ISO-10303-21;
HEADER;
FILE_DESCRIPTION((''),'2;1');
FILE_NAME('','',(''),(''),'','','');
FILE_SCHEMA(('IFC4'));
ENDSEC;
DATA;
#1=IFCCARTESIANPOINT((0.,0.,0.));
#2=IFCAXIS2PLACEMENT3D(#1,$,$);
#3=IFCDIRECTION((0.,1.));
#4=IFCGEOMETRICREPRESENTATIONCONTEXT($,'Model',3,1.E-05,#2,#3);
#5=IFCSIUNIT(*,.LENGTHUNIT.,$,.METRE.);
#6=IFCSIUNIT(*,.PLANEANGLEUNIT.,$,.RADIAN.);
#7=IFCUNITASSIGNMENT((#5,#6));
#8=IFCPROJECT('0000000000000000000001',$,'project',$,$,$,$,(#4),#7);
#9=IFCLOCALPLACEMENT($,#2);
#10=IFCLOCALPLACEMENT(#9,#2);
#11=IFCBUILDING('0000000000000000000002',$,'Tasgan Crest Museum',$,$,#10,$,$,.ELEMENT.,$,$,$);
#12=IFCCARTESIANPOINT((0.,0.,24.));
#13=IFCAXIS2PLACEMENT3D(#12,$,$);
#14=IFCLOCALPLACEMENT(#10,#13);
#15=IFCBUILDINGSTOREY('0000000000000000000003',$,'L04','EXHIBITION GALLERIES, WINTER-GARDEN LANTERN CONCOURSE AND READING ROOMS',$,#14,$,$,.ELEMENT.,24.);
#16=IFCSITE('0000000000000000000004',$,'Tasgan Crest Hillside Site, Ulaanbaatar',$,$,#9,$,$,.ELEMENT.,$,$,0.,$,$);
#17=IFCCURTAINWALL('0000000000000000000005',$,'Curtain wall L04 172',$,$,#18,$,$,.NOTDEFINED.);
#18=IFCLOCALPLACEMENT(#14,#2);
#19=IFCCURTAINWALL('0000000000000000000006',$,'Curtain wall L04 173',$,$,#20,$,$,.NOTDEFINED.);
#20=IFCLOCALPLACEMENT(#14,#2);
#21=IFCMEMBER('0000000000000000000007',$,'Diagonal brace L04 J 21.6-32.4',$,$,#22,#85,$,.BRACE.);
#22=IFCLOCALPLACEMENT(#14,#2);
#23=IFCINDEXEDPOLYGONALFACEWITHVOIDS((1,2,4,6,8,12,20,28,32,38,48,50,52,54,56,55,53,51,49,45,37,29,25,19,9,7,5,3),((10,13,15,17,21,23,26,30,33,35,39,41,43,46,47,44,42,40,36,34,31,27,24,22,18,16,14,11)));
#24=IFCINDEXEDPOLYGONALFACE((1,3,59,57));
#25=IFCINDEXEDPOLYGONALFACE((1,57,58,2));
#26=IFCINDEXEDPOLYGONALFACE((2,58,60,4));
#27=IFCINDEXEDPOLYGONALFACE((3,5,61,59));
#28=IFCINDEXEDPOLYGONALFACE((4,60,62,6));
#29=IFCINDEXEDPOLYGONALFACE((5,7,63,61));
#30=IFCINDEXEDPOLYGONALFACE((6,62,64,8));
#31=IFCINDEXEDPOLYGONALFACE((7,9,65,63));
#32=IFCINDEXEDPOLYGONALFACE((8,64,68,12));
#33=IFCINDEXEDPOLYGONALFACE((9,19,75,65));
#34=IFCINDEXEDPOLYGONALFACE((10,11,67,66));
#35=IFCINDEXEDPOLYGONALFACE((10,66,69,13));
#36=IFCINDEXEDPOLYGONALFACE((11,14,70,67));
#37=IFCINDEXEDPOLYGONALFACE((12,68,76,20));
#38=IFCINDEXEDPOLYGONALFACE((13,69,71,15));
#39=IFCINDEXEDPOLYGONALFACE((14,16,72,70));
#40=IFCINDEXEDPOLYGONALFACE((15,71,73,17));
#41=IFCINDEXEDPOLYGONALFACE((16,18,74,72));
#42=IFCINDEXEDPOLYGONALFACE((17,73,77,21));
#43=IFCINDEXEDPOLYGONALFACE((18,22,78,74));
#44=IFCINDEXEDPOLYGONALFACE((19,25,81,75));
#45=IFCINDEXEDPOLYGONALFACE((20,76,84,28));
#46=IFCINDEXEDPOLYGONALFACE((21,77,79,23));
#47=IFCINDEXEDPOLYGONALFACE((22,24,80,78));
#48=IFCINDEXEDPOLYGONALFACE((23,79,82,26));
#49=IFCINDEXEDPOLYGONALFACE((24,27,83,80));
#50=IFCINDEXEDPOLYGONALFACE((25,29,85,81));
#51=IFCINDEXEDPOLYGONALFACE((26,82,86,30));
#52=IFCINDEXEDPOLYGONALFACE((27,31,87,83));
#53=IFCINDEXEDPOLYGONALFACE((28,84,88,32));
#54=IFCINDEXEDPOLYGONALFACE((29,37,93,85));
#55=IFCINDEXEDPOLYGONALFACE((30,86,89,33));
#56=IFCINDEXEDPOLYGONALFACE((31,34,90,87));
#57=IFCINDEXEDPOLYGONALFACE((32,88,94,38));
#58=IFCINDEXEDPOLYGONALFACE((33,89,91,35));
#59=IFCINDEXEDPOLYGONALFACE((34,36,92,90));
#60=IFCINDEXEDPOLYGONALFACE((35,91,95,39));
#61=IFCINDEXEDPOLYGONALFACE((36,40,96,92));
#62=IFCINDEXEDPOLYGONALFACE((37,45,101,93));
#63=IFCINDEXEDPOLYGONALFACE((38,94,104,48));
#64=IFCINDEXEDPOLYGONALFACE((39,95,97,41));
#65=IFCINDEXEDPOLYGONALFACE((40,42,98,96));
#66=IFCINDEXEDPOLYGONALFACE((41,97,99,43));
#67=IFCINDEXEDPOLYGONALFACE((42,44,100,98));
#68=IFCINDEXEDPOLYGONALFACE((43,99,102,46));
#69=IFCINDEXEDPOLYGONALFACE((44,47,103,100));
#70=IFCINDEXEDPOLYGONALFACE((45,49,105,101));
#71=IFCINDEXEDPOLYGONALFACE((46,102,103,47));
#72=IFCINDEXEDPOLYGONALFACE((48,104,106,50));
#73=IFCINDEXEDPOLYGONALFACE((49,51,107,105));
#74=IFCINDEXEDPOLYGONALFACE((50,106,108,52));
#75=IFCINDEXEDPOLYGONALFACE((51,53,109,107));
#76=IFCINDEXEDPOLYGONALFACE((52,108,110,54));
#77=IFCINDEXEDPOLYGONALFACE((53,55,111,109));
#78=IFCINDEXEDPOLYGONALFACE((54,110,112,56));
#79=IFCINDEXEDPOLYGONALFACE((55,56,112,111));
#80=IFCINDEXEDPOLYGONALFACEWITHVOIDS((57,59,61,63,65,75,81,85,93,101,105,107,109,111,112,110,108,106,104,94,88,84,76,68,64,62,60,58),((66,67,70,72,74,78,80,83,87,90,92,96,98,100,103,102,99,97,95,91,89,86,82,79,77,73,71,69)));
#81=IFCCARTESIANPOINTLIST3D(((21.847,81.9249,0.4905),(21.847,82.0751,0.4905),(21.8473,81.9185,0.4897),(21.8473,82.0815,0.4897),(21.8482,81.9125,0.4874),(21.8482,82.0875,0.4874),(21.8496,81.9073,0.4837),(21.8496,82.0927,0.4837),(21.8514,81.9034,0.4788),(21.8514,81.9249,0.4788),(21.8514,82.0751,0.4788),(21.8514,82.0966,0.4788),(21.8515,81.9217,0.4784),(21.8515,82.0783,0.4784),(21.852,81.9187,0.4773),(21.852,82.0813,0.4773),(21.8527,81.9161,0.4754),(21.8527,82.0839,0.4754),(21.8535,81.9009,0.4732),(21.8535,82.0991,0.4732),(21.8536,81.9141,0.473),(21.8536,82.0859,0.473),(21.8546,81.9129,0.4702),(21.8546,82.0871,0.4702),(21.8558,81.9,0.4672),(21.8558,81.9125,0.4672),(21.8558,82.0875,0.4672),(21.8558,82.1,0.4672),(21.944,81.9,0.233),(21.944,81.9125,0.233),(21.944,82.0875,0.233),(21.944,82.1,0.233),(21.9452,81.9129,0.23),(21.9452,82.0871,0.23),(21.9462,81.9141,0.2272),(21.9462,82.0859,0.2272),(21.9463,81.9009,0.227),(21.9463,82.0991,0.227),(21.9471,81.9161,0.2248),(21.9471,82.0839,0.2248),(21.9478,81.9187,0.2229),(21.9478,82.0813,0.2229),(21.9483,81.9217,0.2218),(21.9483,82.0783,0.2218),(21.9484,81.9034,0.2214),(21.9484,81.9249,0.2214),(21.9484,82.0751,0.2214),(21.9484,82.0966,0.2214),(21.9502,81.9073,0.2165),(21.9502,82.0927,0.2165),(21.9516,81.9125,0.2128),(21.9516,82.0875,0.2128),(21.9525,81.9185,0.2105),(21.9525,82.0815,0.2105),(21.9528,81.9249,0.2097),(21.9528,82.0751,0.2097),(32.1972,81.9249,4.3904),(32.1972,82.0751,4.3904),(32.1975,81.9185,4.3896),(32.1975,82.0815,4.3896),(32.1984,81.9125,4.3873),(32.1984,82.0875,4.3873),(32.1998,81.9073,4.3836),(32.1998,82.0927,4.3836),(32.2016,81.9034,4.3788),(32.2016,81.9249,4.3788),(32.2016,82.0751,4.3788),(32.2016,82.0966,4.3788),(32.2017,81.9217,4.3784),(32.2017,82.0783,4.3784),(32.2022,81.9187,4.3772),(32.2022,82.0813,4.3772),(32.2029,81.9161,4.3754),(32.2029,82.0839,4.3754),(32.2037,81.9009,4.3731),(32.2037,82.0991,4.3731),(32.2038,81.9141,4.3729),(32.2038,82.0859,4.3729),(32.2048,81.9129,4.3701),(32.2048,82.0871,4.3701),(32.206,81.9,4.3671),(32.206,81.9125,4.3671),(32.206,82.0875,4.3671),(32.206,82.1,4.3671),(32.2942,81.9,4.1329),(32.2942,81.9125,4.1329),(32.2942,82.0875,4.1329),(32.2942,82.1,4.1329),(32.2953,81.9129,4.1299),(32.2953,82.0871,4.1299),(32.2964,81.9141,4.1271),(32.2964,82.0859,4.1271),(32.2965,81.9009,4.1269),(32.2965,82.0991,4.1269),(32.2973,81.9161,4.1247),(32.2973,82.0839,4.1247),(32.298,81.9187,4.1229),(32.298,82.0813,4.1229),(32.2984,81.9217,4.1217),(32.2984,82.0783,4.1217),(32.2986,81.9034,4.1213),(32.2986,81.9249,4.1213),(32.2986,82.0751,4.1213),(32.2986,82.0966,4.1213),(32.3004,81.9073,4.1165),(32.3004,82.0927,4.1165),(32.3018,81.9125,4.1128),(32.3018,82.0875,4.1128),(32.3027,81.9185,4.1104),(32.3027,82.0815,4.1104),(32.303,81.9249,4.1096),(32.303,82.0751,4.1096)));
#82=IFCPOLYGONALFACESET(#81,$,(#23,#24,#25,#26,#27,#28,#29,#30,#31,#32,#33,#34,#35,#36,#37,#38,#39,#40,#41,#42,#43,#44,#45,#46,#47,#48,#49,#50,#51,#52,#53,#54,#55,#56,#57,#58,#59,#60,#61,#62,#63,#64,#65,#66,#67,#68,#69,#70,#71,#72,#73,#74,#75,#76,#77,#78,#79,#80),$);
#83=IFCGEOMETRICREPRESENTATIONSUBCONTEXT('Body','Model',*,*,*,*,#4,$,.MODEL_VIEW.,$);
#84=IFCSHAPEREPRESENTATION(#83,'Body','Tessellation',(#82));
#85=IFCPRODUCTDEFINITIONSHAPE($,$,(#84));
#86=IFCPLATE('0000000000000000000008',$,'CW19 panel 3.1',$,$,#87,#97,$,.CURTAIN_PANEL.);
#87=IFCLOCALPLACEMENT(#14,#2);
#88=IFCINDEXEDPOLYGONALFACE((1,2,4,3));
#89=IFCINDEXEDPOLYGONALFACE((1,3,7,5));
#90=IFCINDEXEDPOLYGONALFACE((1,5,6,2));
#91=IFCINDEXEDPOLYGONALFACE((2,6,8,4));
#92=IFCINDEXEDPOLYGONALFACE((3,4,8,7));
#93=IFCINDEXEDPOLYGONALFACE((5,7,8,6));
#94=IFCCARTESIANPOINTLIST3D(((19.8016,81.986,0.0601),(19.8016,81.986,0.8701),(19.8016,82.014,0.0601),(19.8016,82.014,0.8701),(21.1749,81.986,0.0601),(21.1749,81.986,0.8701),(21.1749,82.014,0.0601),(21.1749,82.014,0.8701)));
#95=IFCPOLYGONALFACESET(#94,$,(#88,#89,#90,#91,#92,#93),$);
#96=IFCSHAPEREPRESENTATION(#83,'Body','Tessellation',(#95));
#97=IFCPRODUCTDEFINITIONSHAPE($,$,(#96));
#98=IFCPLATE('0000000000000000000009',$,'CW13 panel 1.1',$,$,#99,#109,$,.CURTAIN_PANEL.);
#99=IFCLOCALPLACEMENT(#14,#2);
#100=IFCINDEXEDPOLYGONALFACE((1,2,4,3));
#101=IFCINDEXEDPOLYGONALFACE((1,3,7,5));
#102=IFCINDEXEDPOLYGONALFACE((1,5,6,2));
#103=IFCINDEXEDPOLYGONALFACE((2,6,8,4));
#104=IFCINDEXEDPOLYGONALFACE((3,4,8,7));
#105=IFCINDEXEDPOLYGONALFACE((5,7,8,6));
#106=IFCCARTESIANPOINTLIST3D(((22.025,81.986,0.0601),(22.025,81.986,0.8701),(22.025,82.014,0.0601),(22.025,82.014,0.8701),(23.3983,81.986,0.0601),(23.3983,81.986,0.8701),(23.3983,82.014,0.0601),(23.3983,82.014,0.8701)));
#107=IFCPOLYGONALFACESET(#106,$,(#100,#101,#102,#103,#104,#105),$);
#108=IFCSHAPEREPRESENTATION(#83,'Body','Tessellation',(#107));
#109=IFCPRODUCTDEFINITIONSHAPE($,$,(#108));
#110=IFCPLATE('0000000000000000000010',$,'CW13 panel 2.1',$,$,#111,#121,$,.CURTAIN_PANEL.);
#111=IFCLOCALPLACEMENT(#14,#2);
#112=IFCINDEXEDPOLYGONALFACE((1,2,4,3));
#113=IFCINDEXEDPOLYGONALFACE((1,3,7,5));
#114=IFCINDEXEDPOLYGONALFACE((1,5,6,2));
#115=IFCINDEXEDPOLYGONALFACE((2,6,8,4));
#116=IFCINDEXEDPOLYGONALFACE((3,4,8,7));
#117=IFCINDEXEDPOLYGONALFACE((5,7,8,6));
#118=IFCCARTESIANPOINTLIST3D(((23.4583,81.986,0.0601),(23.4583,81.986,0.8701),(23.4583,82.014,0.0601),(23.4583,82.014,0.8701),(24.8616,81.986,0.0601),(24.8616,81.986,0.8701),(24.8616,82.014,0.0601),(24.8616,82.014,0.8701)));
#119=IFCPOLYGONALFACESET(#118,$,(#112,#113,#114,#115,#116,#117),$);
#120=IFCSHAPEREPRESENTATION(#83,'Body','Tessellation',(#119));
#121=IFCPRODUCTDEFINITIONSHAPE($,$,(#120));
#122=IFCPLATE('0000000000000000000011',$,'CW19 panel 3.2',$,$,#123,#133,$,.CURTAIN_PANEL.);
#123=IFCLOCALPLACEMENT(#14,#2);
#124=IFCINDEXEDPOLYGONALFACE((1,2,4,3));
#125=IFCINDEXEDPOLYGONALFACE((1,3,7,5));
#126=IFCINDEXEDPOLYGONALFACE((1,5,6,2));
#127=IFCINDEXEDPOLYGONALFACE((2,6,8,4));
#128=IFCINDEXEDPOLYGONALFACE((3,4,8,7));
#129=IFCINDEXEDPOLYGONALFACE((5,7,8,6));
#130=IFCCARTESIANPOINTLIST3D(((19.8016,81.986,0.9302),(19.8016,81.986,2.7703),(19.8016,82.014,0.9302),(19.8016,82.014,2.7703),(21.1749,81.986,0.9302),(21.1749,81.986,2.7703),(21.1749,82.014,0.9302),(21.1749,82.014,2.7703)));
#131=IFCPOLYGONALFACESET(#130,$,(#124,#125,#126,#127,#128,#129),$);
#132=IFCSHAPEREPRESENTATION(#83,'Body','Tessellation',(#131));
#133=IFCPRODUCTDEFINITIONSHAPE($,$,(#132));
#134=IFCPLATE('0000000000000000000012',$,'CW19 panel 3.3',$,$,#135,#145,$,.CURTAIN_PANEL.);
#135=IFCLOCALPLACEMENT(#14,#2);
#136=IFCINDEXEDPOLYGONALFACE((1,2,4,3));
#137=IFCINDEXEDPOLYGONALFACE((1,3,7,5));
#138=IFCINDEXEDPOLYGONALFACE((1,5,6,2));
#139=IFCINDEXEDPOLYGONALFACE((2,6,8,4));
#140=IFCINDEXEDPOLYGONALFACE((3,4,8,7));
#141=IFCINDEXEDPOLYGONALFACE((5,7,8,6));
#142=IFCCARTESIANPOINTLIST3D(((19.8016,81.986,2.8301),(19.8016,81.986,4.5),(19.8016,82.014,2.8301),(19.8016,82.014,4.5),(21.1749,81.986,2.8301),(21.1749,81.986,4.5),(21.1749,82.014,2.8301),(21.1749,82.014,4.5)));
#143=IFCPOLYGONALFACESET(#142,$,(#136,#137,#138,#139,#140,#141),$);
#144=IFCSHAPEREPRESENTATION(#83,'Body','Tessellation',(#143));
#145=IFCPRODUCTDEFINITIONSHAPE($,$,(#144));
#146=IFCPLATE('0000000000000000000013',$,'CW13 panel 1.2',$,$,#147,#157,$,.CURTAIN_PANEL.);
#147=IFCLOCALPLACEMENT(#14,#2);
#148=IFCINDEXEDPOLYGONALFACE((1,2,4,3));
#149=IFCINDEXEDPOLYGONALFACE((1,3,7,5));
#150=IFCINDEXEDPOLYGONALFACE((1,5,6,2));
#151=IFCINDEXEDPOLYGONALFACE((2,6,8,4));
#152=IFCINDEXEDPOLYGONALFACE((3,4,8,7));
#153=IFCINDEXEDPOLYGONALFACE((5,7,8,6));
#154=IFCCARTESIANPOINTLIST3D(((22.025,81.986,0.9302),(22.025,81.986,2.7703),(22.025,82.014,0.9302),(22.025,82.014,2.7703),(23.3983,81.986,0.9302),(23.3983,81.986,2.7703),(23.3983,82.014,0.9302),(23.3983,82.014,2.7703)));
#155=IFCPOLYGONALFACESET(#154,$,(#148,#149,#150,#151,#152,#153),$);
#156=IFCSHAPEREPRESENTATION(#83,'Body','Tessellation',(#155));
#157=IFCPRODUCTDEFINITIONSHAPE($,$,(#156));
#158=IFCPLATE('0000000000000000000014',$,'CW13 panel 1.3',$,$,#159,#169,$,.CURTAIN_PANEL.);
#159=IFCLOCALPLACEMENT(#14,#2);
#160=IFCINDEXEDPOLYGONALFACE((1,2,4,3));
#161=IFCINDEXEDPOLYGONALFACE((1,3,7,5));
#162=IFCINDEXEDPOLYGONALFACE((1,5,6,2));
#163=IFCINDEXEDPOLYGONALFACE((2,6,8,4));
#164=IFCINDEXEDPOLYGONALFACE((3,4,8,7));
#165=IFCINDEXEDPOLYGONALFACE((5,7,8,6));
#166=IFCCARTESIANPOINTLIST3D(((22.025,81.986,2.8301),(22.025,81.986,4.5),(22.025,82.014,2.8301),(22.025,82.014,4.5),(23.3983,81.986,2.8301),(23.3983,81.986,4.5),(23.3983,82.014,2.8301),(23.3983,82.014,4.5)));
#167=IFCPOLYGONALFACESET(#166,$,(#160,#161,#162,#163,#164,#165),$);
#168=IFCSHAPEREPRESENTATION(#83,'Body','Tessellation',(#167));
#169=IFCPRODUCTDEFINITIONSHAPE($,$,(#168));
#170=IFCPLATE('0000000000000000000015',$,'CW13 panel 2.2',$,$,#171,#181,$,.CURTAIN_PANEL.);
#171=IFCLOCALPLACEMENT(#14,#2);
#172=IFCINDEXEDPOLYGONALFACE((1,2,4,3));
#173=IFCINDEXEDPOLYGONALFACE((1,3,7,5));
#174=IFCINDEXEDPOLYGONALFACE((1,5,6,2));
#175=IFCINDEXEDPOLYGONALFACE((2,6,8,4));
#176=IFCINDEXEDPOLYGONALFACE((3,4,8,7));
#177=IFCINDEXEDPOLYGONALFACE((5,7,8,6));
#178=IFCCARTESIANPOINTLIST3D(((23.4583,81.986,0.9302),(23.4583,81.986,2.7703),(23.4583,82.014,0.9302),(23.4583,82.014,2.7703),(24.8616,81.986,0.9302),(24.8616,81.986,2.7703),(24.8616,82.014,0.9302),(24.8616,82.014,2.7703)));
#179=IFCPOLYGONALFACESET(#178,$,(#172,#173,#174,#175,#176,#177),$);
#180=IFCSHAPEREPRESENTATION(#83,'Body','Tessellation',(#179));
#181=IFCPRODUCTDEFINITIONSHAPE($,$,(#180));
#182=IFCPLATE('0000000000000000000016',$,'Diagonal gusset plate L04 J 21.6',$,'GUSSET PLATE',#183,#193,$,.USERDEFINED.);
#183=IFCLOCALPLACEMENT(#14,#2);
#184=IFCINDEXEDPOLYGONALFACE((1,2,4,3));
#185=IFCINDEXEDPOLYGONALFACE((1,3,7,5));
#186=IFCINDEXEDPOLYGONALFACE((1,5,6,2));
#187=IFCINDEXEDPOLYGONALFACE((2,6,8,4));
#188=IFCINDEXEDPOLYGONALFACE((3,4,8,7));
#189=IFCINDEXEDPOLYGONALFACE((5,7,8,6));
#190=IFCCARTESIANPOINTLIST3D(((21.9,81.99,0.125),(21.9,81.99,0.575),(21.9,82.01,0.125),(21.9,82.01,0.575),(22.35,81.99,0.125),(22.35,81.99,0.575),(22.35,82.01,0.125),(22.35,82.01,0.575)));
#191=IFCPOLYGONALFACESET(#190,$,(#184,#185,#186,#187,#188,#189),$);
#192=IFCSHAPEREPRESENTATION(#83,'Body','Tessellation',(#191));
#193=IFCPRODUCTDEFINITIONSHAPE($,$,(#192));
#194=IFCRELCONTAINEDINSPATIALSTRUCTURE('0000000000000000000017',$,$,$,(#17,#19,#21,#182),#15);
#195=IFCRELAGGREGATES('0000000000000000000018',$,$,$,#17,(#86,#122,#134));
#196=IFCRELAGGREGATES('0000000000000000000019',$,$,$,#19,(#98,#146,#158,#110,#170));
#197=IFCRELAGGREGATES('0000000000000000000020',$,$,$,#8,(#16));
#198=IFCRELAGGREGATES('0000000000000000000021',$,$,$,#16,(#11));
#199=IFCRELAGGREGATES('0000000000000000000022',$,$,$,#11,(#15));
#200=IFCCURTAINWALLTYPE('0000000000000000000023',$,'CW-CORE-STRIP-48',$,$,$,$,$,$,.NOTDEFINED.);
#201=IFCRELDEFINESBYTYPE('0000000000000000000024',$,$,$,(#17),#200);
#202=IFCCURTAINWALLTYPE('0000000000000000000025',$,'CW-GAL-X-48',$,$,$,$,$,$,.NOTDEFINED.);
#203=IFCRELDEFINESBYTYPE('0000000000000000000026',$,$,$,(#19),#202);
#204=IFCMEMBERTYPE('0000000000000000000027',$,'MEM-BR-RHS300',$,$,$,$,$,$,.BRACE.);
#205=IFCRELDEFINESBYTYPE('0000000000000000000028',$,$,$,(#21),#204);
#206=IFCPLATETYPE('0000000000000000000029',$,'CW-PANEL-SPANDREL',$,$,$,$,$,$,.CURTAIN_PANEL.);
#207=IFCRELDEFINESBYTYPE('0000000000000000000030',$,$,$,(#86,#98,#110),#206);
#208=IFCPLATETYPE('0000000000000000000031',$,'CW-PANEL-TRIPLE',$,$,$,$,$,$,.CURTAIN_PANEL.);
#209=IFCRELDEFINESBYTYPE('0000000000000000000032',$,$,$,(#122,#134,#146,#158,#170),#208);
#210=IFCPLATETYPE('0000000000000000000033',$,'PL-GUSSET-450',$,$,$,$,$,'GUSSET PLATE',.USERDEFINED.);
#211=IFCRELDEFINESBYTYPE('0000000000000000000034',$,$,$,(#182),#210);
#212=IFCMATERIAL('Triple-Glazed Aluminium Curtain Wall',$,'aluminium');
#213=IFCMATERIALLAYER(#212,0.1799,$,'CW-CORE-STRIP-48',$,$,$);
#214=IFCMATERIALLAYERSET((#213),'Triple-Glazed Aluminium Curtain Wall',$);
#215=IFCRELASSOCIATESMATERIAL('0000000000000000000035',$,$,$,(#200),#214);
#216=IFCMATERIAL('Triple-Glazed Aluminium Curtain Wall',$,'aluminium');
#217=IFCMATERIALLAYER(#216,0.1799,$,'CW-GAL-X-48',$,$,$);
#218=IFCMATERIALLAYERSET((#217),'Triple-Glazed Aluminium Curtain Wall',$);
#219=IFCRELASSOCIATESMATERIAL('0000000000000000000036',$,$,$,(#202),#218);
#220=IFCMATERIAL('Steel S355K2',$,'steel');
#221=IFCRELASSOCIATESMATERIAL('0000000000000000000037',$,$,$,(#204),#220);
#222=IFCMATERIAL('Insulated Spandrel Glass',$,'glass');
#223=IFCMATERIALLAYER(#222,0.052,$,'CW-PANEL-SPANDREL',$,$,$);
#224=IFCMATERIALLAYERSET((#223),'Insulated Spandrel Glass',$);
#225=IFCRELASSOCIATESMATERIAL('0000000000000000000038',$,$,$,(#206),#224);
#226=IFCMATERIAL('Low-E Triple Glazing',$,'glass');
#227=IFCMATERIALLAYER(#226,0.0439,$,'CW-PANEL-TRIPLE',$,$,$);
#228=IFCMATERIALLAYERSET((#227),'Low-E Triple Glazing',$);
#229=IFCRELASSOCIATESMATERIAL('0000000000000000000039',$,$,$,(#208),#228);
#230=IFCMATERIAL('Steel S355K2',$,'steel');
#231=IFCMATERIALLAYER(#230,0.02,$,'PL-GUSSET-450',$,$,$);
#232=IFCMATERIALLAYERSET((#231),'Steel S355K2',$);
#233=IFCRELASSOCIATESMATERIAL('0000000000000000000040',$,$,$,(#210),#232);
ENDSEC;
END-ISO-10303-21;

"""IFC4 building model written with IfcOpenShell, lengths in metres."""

from ifc_helpers import new_model, si_unit, direction, frame, origin, origin_2d, place, context, subcontext, project, spatial, rectangle, hollow_rectangle, extrude, material, layer, layer_set, material_profile, profile_set, type_object, element, aggregate, save


model = new_model("IFC4")

# Units and contexts
model_context = context("Model", 3, precision=1e-05, world=origin(), true_north=direction((0.0, 1.0)))
body_context = subcontext(model_context, "Body", "Model", "MODEL_VIEW")
ifc_project = project(units=[si_unit("LENGTHUNIT", "METRE"), si_unit("PLANEANGLEUNIT", "RADIAN")], contexts=[model_context])

# Site, building, storey
site_placement = place(None, origin())
site = spatial("IfcSite", under=ifc_project, at=site_placement, Name="Tasgan Crest Hillside Site, Ulaanbaatar", CompositionType="ELEMENT", RefElevation=0.0)
building_placement = place(site_placement, origin())
building = spatial("IfcBuilding", under=site, at=building_placement, Name="Tasgan Crest Museum", CompositionType="ELEMENT")
storey_placement = place(building_placement, frame((0.0, 0.0, 24.0)))
storey = spatial("IfcBuildingStorey", under=building, at=storey_placement, Name="L04", Description="EXHIBITION GALLERIES, WINTER-GARDEN LANTERN CONCOURSE AND READING ROOMS", CompositionType="ELEMENT", Elevation=24.0)

# Curtain wall
ifc_material_1 = material(Name="Triple-Glazed Aluminium Curtain Wall", Category="aluminium")
ifc_layer_1 = layer(ifc_material_1, 0.1799, Name="CW-CORE-STRIP-48")
ifc_layer_set_1 = layer_set([ifc_layer_1], Name="Triple-Glazed Aluminium Curtain Wall")
curtain_wall_type_1 = type_object("IfcCurtainWallType", Name="CW-CORE-STRIP-48", PredefinedType="NOTDEFINED", material=ifc_layer_set_1)
curtain_wall_1_placement = place(storey_placement, origin())
curtain_wall_1 = element("IfcCurtainWall", 1, at=curtain_wall_1_placement, inside=storey, type_object=curtain_wall_type_1, Name="Curtain wall L04 172", PredefinedType="NOTDEFINED")

# Curtain wall
ifc_material_2 = material(Name="Triple-Glazed Aluminium Curtain Wall", Category="aluminium")
ifc_layer_2 = layer(ifc_material_2, 0.1799, Name="CW-GAL-X-48")
ifc_layer_set_2 = layer_set([ifc_layer_2], Name="Triple-Glazed Aluminium Curtain Wall")
curtain_wall_type_2 = type_object("IfcCurtainWallType", Name="CW-GAL-X-48", PredefinedType="NOTDEFINED", material=ifc_layer_set_2)
curtain_wall_2_placement = place(storey_placement, origin())
curtain_wall_2 = element("IfcCurtainWall", 2, at=curtain_wall_2_placement, inside=storey, type_object=curtain_wall_type_2, Name="Curtain wall L04 173", PredefinedType="NOTDEFINED")

# Member
ifc_material_3 = material(Name="Steel S355K2", Category="steel")
ifc_material_profile_1 = material_profile(ifc_material_3, hollow_rectangle(XDim=0.2, YDim=0.3, WallThickness=0.0125, InnerFilletRadius=0.0125, OuterFilletRadius=0.0249, at=origin_2d()), Name="RHS 300x200x12.5")
ifc_profile_set_1 = profile_set([ifc_material_profile_1], Name="Steel S355K2")
member_type_1 = type_object("IfcMemberType", Name="MEM-BR-RHS300", PredefinedType="BRACE", material=ifc_profile_set_1)
member_1_placement = place(storey_placement, frame((21.8999, 82.0, 0.3501), z_axis=(0.935775, 0.0, 0.352599), x_axis=(0.0, 1.0, 0.0)))
element("IfcMember", 3, at=member_1_placement, inside=storey, type_object=member_type_1, Name="Diagonal brace L04 J 21.6-32.4", PredefinedType="BRACE", context=body_context, shape_type="SweptSolid", body=[
    extrude(hollow_rectangle(XDim=0.2, YDim=0.3, WallThickness=0.0125, InnerFilletRadius=0.0125, OuterFilletRadius=0.0249, at=origin_2d()), origin(), (0.0, 0.0, 1.0), 11.0605),
])

# Plates
ifc_material_4 = material(Name="Insulated Spandrel Glass", Category="glass")
ifc_layer_3 = layer(ifc_material_4, 0.052, Name="CW-PANEL-SPANDREL")
ifc_layer_set_3 = layer_set([ifc_layer_3], Name="Insulated Spandrel Glass")
plate_type_1 = type_object("IfcPlateType", Name="CW-PANEL-SPANDREL", PredefinedType="CURTAIN_PANEL", material=ifc_layer_set_3)
plate_1_placement = place(storey_placement, frame((20.4883, 82.0, 0.0601), z_axis=(0.0, 0.0, 1.0), x_axis=(1.0, 0.0, 0.0)))
plate_1 = element("IfcPlate", 4, at=plate_1_placement, type_object=plate_type_1, Name="CW19 panel 3.1", PredefinedType="CURTAIN_PANEL", context=body_context, shape_type="SweptSolid", body=[
    extrude(rectangle(XDim=1.3733, YDim=0.0281, at=origin_2d()), origin(), (0.0, 0.0, 1.0), 0.8101),
])
plate_2_placement = place(storey_placement, frame((22.7117, 82.0, 0.0601), z_axis=(0.0, 0.0, 1.0), x_axis=(1.0, 0.0, 0.0)))
plate_2 = element("IfcPlate", 5, at=plate_2_placement, type_object=plate_type_1, Name="CW13 panel 1.1", PredefinedType="CURTAIN_PANEL", context=body_context, shape_type="SweptSolid", body=[
    extrude(rectangle(XDim=1.3733, YDim=0.0281, at=origin_2d()), origin(), (0.0, 0.0, 1.0), 0.8101),
])
plate_3_placement = place(storey_placement, frame((24.1599, 82.0, 0.0601), z_axis=(0.0, 0.0, 1.0), x_axis=(1.0, 0.0, 0.0)))
plate_3 = element("IfcPlate", 6, at=plate_3_placement, type_object=plate_type_1, Name="CW13 panel 2.1", PredefinedType="CURTAIN_PANEL", context=body_context, shape_type="SweptSolid", body=[
    extrude(rectangle(XDim=1.4033, YDim=0.0281, at=origin_2d()), origin(), (0.0, 0.0, 1.0), 0.8101),
])
ifc_material_5 = material(Name="Low-E Triple Glazing", Category="glass")
ifc_layer_4 = layer(ifc_material_5, 0.0439, Name="CW-PANEL-TRIPLE")
ifc_layer_set_4 = layer_set([ifc_layer_4], Name="Low-E Triple Glazing")
plate_type_2 = type_object("IfcPlateType", Name="CW-PANEL-TRIPLE", PredefinedType="CURTAIN_PANEL", material=ifc_layer_set_4)
plate_4_placement = place(storey_placement, frame((20.4883, 82.0, 0.9302), z_axis=(0.0, 0.0, 1.0), x_axis=(1.0, 0.0, 0.0)))
plate_4 = element("IfcPlate", 7, at=plate_4_placement, type_object=plate_type_2, Name="CW19 panel 3.2", PredefinedType="CURTAIN_PANEL", context=body_context, shape_type="SweptSolid", body=[
    extrude(rectangle(XDim=1.3733, YDim=0.0281, at=origin_2d()), origin(), (0.0, 0.0, 1.0), 1.8401),
])
plate_5_placement = place(storey_placement, frame((20.4883, 82.0, 2.8301), z_axis=(0.0, 0.0, 1.0), x_axis=(1.0, 0.0, 0.0)))
plate_5 = element("IfcPlate", 8, at=plate_5_placement, type_object=plate_type_2, Name="CW19 panel 3.3", PredefinedType="CURTAIN_PANEL", context=body_context, shape_type="SweptSolid", body=[
    extrude(rectangle(XDim=1.3733, YDim=0.0281, at=origin_2d()), origin(), (0.0, 0.0, 1.0), 1.6699),
])
aggregate(curtain_wall_1, [plate_1, plate_4, plate_5])
plate_6_placement = place(storey_placement, frame((22.7117, 82.0, 0.9302), z_axis=(0.0, 0.0, 1.0), x_axis=(1.0, 0.0, 0.0)))
plate_6 = element("IfcPlate", 9, at=plate_6_placement, type_object=plate_type_2, Name="CW13 panel 1.2", PredefinedType="CURTAIN_PANEL", context=body_context, shape_type="SweptSolid", body=[
    extrude(rectangle(XDim=1.3733, YDim=0.0281, at=origin_2d()), origin(), (0.0, 0.0, 1.0), 1.8401),
])
plate_7_placement = place(storey_placement, frame((22.7117, 82.0, 2.8301), z_axis=(0.0, 0.0, 1.0), x_axis=(1.0, 0.0, 0.0)))
plate_7 = element("IfcPlate", 10, at=plate_7_placement, type_object=plate_type_2, Name="CW13 panel 1.3", PredefinedType="CURTAIN_PANEL", context=body_context, shape_type="SweptSolid", body=[
    extrude(rectangle(XDim=1.3733, YDim=0.0281, at=origin_2d()), origin(), (0.0, 0.0, 1.0), 1.6699),
])
plate_8_placement = place(storey_placement, frame((24.1599, 82.0, 0.9302), z_axis=(0.0, 0.0, 1.0), x_axis=(1.0, 0.0, 0.0)))
plate_8 = element("IfcPlate", 11, at=plate_8_placement, type_object=plate_type_2, Name="CW13 panel 2.2", PredefinedType="CURTAIN_PANEL", context=body_context, shape_type="SweptSolid", body=[
    extrude(rectangle(XDim=1.4033, YDim=0.0281, at=origin_2d()), origin(), (0.0, 0.0, 1.0), 1.8401),
])
aggregate(curtain_wall_2, [plate_2, plate_6, plate_7, plate_3, plate_8])
ifc_material_6 = material(Name="Steel S355K2", Category="steel")
ifc_layer_5 = layer(ifc_material_6, 0.02, Name="PL-GUSSET-450")
ifc_layer_set_5 = layer_set([ifc_layer_5], Name="Steel S355K2")
plate_type_3 = type_object("IfcPlateType", Name="PL-GUSSET-450", ElementType="GUSSET PLATE", PredefinedType="USERDEFINED", material=ifc_layer_set_5)
plate_9_placement = place(storey_placement, frame((22.125, 82.0, 0.125), z_axis=(0.0, 0.0, 1.0), x_axis=(1.0, 0.0, 0.0)))
element("IfcPlate", 12, at=plate_9_placement, inside=storey, type_object=plate_type_3, Name="Diagonal gusset plate L04 J 21.6", ObjectType="GUSSET PLATE", PredefinedType="USERDEFINED", context=body_context, shape_type="SweptSolid", body=[
    extrude(rectangle(XDim=0.45, YDim=0.02, at=origin_2d()), origin(), (0.0, 0.0, 1.0), 0.45),
])

save(model, "model.ifc")
